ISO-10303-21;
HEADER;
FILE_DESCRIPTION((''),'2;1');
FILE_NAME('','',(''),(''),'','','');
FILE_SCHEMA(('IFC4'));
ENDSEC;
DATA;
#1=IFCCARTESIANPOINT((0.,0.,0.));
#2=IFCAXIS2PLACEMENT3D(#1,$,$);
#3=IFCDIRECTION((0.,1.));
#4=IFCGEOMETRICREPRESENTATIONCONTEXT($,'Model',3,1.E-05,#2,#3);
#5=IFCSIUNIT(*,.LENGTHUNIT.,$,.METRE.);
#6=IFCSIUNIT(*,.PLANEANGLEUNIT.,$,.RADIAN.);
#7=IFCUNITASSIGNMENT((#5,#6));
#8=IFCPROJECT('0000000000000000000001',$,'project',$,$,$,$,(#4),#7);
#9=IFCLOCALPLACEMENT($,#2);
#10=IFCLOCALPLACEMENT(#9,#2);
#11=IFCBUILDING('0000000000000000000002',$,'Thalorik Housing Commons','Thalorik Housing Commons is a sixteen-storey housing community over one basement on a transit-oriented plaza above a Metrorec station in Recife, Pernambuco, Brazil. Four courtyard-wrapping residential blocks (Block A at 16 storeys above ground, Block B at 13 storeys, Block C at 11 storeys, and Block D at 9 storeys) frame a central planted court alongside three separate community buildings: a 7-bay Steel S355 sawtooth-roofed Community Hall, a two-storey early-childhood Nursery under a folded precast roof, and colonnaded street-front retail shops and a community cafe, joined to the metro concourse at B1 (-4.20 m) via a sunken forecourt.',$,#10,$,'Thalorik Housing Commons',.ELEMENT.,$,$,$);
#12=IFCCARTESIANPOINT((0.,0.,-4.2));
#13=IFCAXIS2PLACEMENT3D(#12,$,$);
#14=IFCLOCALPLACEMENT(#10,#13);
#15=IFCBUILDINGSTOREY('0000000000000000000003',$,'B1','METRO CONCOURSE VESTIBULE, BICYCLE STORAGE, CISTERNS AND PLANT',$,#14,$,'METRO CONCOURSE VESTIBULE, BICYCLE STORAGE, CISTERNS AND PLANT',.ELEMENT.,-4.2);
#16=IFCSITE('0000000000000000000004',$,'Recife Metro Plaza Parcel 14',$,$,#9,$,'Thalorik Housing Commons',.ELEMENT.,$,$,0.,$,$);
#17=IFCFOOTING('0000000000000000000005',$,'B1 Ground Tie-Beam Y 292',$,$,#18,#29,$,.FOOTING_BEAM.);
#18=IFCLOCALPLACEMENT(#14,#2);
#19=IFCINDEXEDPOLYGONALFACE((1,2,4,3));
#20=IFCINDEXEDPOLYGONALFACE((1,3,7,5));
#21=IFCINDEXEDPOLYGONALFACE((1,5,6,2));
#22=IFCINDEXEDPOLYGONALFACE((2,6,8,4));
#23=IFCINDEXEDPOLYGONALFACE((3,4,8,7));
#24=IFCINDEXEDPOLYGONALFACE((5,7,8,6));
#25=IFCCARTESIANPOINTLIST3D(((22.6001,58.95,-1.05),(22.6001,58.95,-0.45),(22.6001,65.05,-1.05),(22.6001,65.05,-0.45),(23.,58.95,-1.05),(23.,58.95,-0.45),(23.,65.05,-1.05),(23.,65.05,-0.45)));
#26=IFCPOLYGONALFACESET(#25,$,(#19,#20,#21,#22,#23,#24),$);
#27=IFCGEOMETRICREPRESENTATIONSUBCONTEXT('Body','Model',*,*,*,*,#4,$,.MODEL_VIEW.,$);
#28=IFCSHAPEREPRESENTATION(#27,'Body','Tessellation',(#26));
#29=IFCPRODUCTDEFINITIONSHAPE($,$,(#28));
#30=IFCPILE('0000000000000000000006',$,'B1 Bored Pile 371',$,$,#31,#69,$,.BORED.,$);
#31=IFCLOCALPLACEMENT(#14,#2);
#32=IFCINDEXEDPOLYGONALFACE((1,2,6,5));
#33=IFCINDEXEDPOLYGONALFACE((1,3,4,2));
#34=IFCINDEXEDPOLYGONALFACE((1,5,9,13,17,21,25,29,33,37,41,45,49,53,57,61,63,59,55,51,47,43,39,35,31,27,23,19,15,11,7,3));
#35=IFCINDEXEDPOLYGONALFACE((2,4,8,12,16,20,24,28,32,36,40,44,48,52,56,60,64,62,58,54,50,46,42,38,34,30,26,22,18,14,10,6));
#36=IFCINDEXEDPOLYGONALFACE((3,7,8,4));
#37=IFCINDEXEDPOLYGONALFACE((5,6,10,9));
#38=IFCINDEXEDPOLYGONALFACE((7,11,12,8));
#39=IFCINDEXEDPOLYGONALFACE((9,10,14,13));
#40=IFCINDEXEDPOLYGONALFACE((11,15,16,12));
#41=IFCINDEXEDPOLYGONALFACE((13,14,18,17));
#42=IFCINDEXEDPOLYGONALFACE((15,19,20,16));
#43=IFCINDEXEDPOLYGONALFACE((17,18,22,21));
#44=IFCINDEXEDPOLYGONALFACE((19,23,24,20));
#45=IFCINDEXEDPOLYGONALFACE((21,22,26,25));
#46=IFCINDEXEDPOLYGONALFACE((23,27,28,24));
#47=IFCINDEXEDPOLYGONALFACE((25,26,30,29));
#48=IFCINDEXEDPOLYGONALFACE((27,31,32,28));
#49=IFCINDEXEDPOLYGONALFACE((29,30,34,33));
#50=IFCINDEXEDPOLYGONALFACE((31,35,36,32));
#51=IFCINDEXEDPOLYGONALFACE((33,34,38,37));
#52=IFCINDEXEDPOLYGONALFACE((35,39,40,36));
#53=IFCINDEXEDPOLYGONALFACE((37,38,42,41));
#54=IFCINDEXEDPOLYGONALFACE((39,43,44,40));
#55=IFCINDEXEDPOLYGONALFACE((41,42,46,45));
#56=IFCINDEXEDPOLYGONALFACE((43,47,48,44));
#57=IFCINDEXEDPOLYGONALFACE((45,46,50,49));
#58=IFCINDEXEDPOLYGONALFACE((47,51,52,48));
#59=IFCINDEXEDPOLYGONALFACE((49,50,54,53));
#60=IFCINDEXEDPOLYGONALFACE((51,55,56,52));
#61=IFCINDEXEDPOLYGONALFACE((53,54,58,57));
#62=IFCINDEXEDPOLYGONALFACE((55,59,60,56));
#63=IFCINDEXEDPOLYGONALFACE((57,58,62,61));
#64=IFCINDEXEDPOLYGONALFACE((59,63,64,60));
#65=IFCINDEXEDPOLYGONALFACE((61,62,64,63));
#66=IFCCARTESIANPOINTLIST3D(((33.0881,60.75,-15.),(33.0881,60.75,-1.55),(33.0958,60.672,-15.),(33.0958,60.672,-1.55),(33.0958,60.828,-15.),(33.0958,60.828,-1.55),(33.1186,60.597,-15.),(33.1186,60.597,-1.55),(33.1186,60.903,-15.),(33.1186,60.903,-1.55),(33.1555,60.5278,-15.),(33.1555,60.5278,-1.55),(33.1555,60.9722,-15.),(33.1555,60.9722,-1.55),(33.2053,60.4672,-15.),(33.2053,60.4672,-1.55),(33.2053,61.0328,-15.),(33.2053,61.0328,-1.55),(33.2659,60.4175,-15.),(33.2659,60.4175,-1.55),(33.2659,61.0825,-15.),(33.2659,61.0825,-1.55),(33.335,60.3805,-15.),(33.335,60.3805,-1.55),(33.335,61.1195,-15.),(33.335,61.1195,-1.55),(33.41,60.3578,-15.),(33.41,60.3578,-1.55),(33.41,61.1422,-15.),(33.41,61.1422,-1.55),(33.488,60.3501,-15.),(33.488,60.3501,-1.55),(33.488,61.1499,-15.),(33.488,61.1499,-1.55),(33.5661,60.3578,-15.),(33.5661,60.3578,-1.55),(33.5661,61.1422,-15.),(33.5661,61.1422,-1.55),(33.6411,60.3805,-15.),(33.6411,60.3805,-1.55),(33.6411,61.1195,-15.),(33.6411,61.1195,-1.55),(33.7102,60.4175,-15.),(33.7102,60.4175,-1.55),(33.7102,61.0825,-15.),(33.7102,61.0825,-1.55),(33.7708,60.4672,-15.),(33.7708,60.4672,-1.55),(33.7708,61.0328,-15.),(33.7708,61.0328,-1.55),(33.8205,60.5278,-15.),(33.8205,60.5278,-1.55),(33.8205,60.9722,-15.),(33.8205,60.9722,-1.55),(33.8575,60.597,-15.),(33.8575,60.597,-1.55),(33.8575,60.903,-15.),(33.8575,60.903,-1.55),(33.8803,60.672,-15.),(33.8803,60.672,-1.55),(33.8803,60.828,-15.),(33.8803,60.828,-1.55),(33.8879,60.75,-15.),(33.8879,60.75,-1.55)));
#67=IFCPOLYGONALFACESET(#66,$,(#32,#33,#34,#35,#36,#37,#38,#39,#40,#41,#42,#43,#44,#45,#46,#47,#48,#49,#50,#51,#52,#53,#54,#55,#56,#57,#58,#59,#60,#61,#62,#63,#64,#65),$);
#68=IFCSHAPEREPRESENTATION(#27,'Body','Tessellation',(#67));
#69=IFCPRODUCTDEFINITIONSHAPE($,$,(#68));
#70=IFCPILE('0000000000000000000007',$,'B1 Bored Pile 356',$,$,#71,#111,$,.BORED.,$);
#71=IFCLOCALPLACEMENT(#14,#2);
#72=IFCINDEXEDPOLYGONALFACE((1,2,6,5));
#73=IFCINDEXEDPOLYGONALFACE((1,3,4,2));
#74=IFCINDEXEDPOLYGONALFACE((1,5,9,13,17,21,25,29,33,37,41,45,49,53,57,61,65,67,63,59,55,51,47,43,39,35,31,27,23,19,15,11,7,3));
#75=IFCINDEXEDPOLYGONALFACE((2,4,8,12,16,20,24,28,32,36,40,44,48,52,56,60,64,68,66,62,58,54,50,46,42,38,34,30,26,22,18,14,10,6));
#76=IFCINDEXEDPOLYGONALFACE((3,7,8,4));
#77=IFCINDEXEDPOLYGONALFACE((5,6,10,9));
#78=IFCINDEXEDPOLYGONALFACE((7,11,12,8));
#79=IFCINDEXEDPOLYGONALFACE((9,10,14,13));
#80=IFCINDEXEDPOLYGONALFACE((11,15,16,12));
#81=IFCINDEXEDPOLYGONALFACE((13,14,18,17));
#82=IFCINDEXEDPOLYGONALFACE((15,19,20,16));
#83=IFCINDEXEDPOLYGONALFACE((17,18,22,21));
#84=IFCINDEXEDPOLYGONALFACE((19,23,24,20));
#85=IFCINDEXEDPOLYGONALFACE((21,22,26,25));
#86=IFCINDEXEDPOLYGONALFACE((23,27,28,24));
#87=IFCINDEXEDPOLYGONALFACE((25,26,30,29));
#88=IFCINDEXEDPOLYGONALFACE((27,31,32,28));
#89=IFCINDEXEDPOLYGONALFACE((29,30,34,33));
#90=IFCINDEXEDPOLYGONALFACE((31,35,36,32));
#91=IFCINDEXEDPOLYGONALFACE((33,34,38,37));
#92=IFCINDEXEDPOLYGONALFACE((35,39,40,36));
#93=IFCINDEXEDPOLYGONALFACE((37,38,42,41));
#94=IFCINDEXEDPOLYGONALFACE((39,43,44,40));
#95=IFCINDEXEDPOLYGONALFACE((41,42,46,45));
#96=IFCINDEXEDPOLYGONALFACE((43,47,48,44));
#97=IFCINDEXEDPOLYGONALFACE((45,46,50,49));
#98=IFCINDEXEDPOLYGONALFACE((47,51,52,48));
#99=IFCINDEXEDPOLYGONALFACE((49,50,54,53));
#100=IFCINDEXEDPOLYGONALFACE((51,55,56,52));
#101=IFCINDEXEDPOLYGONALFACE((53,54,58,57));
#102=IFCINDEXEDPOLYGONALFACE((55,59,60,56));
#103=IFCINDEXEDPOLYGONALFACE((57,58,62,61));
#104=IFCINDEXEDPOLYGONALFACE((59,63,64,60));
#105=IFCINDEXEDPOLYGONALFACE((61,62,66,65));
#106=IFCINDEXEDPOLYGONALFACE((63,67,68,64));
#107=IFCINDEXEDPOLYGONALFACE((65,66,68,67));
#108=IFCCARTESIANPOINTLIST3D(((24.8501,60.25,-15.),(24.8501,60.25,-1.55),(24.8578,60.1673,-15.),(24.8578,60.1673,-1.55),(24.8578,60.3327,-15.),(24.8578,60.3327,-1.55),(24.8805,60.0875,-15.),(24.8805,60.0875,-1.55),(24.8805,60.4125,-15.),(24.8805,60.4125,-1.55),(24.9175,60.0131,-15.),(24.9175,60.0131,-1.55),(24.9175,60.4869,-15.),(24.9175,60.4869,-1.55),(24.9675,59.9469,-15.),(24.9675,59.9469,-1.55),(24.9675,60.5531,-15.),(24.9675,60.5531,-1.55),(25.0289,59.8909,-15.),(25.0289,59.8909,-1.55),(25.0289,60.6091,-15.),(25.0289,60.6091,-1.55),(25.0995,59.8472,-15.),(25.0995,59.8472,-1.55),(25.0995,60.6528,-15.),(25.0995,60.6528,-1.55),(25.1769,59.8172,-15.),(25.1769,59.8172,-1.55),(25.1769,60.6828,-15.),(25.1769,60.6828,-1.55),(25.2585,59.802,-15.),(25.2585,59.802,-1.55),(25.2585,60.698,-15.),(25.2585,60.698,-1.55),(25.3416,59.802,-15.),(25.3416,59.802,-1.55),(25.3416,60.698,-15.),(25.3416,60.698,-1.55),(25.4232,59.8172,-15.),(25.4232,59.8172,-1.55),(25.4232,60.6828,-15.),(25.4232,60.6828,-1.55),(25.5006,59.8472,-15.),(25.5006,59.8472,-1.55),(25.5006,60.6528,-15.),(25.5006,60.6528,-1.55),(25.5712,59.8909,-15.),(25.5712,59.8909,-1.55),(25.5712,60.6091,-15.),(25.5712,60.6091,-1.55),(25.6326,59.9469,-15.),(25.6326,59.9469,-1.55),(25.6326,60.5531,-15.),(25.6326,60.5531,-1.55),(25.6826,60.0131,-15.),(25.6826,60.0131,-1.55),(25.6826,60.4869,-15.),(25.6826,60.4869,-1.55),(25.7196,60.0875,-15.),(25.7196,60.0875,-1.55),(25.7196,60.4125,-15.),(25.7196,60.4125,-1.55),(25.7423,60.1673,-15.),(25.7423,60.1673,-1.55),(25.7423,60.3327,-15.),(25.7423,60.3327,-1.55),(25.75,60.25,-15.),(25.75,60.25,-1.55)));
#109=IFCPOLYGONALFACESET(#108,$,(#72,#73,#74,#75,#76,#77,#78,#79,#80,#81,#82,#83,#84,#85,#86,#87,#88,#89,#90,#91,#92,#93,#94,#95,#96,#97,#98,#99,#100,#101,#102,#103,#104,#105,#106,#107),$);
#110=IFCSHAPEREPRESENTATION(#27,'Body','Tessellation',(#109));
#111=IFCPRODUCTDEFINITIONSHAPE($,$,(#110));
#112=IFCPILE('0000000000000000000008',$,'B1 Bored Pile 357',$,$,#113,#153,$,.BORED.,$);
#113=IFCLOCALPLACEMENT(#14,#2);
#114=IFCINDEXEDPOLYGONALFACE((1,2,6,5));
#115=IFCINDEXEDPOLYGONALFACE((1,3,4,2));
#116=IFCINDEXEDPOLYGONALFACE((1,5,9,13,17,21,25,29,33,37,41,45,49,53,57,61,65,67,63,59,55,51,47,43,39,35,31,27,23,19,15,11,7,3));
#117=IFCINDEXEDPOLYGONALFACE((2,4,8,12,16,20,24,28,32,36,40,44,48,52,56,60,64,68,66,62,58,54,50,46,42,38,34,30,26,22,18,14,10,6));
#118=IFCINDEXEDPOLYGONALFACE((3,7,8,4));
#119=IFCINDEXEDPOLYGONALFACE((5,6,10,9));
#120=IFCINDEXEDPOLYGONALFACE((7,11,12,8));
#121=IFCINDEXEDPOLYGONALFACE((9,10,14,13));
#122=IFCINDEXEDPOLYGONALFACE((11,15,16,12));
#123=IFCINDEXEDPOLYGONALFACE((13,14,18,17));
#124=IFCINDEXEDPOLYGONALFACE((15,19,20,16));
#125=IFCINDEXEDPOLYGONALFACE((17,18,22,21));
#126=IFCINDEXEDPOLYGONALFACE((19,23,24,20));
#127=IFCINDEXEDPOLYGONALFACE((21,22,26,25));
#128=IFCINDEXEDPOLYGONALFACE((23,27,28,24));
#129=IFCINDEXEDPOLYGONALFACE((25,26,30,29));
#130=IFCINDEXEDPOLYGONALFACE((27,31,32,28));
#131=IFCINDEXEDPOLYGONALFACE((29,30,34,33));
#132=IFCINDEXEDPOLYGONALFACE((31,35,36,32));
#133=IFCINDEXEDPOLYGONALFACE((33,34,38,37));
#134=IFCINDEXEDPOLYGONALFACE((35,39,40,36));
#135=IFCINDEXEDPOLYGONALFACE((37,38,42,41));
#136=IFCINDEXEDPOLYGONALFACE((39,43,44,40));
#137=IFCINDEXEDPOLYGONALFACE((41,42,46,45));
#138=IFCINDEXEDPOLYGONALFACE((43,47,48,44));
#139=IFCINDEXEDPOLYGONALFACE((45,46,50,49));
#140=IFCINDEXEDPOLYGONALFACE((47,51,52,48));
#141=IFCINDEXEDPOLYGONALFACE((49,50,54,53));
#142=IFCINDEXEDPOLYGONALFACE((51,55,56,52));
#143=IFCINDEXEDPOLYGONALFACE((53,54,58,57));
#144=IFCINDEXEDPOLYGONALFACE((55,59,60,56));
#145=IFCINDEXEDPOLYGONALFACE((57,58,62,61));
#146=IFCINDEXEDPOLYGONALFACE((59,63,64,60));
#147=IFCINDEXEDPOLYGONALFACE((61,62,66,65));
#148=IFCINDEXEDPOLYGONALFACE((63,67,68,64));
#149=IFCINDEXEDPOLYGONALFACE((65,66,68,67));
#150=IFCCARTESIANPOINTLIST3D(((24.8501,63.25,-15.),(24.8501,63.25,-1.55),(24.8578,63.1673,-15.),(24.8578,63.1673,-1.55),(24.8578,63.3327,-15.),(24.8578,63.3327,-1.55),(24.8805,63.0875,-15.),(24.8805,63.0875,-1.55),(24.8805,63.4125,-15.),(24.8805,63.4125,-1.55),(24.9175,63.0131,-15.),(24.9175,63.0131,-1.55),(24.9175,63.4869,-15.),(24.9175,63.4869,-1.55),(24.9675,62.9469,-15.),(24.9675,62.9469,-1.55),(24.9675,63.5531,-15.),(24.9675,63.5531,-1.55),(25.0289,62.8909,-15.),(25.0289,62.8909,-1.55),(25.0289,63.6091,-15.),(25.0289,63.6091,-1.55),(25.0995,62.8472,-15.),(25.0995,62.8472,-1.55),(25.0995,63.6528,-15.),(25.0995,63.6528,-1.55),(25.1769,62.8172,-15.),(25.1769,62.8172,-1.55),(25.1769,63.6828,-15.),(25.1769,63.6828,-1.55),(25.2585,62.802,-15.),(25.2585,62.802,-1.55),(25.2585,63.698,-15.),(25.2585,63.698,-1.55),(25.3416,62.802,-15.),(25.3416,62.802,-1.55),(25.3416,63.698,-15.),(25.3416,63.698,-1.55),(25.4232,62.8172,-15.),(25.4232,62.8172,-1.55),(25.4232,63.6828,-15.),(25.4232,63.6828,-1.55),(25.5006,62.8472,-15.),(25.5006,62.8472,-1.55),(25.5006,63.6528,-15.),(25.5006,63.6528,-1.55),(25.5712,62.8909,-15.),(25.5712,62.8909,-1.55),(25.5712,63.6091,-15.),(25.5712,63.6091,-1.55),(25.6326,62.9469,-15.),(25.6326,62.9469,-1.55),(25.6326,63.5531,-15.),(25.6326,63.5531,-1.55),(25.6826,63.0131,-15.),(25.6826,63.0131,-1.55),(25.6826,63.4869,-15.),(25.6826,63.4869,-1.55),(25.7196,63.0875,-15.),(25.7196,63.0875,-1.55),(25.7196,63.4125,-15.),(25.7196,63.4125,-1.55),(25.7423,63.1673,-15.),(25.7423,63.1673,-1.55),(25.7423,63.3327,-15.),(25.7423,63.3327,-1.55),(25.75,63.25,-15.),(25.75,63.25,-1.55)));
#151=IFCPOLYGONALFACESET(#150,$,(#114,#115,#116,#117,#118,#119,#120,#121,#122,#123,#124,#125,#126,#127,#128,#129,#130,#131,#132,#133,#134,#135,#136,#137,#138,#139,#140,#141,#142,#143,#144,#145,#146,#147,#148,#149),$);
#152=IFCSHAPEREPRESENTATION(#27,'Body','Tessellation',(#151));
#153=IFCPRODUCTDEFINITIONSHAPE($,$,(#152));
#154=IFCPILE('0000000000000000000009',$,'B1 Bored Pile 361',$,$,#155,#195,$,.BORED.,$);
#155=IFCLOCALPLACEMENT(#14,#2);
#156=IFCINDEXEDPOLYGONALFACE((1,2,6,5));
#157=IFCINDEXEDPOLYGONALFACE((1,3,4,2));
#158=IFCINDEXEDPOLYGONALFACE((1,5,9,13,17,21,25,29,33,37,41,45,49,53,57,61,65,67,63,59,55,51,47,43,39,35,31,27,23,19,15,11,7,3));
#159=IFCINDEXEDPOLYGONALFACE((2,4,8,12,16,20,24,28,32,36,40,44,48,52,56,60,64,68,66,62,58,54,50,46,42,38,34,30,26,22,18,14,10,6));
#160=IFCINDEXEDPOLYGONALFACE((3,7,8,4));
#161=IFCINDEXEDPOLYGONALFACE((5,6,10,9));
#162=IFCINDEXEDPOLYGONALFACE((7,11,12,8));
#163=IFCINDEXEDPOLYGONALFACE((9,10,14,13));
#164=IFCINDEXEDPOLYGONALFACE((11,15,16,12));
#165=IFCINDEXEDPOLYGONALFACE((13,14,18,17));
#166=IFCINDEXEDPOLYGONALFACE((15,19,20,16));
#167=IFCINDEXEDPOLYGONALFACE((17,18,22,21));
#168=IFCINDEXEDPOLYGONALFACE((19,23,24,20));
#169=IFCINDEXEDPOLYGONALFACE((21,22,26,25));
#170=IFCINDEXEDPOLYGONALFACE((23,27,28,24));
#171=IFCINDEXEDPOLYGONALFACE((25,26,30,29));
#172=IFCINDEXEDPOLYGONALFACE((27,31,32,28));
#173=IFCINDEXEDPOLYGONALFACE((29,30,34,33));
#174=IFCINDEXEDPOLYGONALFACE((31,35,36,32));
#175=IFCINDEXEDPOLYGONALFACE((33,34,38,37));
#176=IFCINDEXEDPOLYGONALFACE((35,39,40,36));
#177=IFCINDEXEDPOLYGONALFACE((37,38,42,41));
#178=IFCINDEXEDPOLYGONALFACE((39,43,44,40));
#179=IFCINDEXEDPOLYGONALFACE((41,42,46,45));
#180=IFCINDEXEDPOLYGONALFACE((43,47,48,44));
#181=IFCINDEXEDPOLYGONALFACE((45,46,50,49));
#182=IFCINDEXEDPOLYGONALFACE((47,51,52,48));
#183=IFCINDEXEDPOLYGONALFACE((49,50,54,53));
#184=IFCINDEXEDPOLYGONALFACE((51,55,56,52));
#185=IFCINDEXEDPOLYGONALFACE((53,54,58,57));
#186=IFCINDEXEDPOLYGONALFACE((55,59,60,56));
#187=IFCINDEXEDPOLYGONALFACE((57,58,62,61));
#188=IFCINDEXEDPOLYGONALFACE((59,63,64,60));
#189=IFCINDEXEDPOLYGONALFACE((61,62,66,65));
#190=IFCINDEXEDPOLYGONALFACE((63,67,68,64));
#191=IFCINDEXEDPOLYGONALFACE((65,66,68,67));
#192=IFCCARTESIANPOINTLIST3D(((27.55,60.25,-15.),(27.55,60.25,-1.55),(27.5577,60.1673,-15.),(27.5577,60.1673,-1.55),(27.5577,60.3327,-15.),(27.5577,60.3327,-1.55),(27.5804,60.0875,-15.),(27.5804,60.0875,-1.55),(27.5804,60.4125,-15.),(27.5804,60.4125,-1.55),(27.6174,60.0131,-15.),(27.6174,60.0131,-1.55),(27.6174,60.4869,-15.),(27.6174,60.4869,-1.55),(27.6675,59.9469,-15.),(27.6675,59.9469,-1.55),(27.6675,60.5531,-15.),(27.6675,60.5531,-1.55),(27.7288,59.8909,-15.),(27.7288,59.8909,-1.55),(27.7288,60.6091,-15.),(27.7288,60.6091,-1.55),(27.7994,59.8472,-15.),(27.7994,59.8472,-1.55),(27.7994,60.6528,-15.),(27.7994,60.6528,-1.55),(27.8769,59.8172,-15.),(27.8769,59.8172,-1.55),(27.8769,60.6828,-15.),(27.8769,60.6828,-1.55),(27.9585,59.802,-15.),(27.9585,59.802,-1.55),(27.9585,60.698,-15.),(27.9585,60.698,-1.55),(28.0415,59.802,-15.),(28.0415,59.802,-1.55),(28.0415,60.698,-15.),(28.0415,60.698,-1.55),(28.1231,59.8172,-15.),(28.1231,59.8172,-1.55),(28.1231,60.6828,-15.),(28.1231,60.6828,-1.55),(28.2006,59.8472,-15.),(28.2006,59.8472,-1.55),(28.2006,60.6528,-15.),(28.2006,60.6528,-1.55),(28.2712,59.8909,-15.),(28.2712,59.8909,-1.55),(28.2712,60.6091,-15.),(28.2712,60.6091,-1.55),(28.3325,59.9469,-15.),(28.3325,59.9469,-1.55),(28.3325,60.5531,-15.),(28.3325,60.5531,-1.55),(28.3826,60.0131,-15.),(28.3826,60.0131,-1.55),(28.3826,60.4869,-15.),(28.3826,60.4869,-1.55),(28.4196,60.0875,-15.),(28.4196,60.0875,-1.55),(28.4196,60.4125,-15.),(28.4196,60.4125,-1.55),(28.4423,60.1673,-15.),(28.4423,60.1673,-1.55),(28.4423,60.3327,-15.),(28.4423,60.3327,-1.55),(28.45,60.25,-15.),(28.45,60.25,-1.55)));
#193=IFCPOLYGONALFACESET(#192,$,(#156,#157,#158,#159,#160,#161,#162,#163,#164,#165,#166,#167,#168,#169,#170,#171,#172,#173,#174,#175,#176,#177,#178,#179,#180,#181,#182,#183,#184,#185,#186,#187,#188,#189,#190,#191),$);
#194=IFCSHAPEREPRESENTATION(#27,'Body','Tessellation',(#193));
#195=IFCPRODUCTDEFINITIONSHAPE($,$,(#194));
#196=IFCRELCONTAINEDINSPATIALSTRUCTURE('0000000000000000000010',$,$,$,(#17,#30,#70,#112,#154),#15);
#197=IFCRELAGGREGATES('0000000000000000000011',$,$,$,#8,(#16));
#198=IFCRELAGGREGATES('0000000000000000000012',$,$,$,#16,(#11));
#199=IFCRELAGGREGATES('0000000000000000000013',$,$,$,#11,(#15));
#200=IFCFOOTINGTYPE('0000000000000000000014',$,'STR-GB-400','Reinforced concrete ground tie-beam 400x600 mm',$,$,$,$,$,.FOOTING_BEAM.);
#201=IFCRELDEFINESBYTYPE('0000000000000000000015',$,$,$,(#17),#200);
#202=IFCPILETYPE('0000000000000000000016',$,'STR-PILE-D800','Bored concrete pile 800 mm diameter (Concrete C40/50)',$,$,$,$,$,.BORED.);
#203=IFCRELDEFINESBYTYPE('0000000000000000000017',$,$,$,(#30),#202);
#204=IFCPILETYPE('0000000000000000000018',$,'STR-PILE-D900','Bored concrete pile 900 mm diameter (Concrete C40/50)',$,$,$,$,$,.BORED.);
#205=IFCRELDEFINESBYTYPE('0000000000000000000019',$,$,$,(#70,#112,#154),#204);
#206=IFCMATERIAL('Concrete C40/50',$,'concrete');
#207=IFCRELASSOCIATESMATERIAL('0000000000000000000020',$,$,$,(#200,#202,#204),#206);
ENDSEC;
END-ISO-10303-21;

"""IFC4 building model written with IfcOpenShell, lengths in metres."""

from ifc_helpers import new_model, si_unit, direction, frame, origin, origin_2d, place, context, subcontext, project, spatial, rectangle, circle, extrude, material, material_profile, profile_set, type_object, element, save


model = new_model("IFC4")

# Units and contexts
model_context = context("Model", 3, precision=1e-05, world=origin(), true_north=direction((0.0, 1.0)))
body_context = subcontext(model_context, "Body", "Model", "MODEL_VIEW")
ifc_project = project(units=[si_unit("LENGTHUNIT", "METRE"), si_unit("PLANEANGLEUNIT", "RADIAN")], contexts=[model_context])

# Site, building, storey
site_placement = place(None, origin())
site = spatial("IfcSite", under=ifc_project, at=site_placement, Name="Recife Metro Plaza Parcel 14", LongName="Thalorik Housing Commons", CompositionType="ELEMENT", RefElevation=0.0)
building_placement = place(site_placement, origin())
building = spatial("IfcBuilding", under=site, at=building_placement, Name="Thalorik Housing Commons", Description="Thalorik Housing Commons is a sixteen-storey housing community over one basement on a transit-oriented plaza above a Metrorec station in Recife, Pernambuco, Brazil. Four courtyard-wrapping residential blocks (Block A at 16 storeys above ground, Block B at 13 storeys, Block C at 11 storeys, and Block D at 9 storeys) frame a central planted court alongside three separate community buildings: a 7-bay Steel S355 sawtooth-roofed Community Hall, a two-storey early-childhood Nursery under a folded precast roof, and colonnaded street-front retail shops and a community cafe, joined to the metro concourse at B1 (-4.20 m) via a sunken forecourt.", LongName="Thalorik Housing Commons", CompositionType="ELEMENT")
storey_placement = place(building_placement, frame((0.0, 0.0, -4.2)))
storey = spatial("IfcBuildingStorey", under=building, at=storey_placement, Name="B1", Description="METRO CONCOURSE VESTIBULE, BICYCLE STORAGE, CISTERNS AND PLANT", LongName="METRO CONCOURSE VESTIBULE, BICYCLE STORAGE, CISTERNS AND PLANT", CompositionType="ELEMENT", Elevation=-4.2)

# Footing
ifc_material_1 = material(Name="Concrete C40/50", Category="concrete")
ifc_material_profile_1 = material_profile(ifc_material_1, rectangle(XDim=0.3999, YDim=0.6001, at=origin_2d()), Name="RC 400x600", Category="concrete")
ifc_profile_set_1 = profile_set([ifc_material_profile_1], Name="Concrete C40/50")
footing_type = type_object("IfcFootingType", Name="STR-GB-400", Description="Reinforced concrete ground tie-beam 400x600 mm", PredefinedType="FOOTING_BEAM", material=ifc_profile_set_1)
footing_placement = place(storey_placement, frame((22.8, 58.95, -0.75), z_axis=(0.0, 1.0, 0.0), x_axis=(-1.0, 0.0, 0.0)))
element("IfcFooting", 1, at=footing_placement, inside=storey, type_object=footing_type, Name="B1 Ground Tie-Beam Y 292", PredefinedType="FOOTING_BEAM", context=body_context, shape_type="SweptSolid", body=[
    extrude(rectangle(XDim=0.3999, YDim=0.6001, at=origin_2d()), origin(), (0.0, 0.0, 1.0), 6.1001),
])

# Piles
ifc_material_profile_2 = material_profile(ifc_material_1, circle(Radius=0.3999, at=origin_2d()), Name="BORED PILE D800", Category="concrete")
ifc_profile_set_2 = profile_set([ifc_material_profile_2], Name="Concrete C40/50")
pile_type_1 = type_object("IfcPileType", Name="STR-PILE-D800", Description="Bored concrete pile 800 mm diameter (Concrete C40/50)", PredefinedType="BORED", material=ifc_profile_set_2)
pile_placement = place(storey_placement, frame((33.488, 60.75, -1.55), z_axis=(0.0, 0.0, -1.0), x_axis=(1.0, 0.0, 0.0)))
element("IfcPile", 2, at=pile_placement, inside=storey, type_object=pile_type_1, Name="B1 Bored Pile 371", PredefinedType="BORED", context=body_context, shape_type="SweptSolid", body=[
    extrude(circle(Radius=0.3999, at=origin_2d()), origin(), (0.0, 0.0, 1.0), 13.45),
])
ifc_material_profile_3 = material_profile(ifc_material_1, circle(Radius=0.45, at=origin_2d()), Name="BORED PILE D900", Category="concrete")
ifc_profile_set_3 = profile_set([ifc_material_profile_3], Name="Concrete C40/50")
pile_type_2 = type_object("IfcPileType", Name="STR-PILE-D900", Description="Bored concrete pile 900 mm diameter (Concrete C40/50)", PredefinedType="BORED", material=ifc_profile_set_3)
for number, where, z_axis, x_axis, name in (
    (3, (25.3, 60.25, -1.55), (0.0, 0.0, -1.0), (1.0, 0.0, 0.0), "B1 Bored Pile 356"),
    (4, (25.3, 63.25, -1.55), (0.0, 0.0, -1.0), (1.0, 0.0, 0.0), "B1 Bored Pile 357"),
    (5, (28.0, 60.25, -1.55), (0.0, 0.0, -1.0), (1.0, 0.0, 0.0), "B1 Bored Pile 361"),
):
    element("IfcPile", number, at=place(storey_placement, frame(where, z_axis=z_axis, x_axis=x_axis)), inside=storey, type_object=pile_type_2, Name=name, PredefinedType="BORED", context=body_context, shape_type="SweptSolid", body=[
        extrude(circle(Radius=0.45, at=origin_2d()), origin(), (0.0, 0.0, 1.0), 13.45),
    ])

save(model, "model.ifc")
